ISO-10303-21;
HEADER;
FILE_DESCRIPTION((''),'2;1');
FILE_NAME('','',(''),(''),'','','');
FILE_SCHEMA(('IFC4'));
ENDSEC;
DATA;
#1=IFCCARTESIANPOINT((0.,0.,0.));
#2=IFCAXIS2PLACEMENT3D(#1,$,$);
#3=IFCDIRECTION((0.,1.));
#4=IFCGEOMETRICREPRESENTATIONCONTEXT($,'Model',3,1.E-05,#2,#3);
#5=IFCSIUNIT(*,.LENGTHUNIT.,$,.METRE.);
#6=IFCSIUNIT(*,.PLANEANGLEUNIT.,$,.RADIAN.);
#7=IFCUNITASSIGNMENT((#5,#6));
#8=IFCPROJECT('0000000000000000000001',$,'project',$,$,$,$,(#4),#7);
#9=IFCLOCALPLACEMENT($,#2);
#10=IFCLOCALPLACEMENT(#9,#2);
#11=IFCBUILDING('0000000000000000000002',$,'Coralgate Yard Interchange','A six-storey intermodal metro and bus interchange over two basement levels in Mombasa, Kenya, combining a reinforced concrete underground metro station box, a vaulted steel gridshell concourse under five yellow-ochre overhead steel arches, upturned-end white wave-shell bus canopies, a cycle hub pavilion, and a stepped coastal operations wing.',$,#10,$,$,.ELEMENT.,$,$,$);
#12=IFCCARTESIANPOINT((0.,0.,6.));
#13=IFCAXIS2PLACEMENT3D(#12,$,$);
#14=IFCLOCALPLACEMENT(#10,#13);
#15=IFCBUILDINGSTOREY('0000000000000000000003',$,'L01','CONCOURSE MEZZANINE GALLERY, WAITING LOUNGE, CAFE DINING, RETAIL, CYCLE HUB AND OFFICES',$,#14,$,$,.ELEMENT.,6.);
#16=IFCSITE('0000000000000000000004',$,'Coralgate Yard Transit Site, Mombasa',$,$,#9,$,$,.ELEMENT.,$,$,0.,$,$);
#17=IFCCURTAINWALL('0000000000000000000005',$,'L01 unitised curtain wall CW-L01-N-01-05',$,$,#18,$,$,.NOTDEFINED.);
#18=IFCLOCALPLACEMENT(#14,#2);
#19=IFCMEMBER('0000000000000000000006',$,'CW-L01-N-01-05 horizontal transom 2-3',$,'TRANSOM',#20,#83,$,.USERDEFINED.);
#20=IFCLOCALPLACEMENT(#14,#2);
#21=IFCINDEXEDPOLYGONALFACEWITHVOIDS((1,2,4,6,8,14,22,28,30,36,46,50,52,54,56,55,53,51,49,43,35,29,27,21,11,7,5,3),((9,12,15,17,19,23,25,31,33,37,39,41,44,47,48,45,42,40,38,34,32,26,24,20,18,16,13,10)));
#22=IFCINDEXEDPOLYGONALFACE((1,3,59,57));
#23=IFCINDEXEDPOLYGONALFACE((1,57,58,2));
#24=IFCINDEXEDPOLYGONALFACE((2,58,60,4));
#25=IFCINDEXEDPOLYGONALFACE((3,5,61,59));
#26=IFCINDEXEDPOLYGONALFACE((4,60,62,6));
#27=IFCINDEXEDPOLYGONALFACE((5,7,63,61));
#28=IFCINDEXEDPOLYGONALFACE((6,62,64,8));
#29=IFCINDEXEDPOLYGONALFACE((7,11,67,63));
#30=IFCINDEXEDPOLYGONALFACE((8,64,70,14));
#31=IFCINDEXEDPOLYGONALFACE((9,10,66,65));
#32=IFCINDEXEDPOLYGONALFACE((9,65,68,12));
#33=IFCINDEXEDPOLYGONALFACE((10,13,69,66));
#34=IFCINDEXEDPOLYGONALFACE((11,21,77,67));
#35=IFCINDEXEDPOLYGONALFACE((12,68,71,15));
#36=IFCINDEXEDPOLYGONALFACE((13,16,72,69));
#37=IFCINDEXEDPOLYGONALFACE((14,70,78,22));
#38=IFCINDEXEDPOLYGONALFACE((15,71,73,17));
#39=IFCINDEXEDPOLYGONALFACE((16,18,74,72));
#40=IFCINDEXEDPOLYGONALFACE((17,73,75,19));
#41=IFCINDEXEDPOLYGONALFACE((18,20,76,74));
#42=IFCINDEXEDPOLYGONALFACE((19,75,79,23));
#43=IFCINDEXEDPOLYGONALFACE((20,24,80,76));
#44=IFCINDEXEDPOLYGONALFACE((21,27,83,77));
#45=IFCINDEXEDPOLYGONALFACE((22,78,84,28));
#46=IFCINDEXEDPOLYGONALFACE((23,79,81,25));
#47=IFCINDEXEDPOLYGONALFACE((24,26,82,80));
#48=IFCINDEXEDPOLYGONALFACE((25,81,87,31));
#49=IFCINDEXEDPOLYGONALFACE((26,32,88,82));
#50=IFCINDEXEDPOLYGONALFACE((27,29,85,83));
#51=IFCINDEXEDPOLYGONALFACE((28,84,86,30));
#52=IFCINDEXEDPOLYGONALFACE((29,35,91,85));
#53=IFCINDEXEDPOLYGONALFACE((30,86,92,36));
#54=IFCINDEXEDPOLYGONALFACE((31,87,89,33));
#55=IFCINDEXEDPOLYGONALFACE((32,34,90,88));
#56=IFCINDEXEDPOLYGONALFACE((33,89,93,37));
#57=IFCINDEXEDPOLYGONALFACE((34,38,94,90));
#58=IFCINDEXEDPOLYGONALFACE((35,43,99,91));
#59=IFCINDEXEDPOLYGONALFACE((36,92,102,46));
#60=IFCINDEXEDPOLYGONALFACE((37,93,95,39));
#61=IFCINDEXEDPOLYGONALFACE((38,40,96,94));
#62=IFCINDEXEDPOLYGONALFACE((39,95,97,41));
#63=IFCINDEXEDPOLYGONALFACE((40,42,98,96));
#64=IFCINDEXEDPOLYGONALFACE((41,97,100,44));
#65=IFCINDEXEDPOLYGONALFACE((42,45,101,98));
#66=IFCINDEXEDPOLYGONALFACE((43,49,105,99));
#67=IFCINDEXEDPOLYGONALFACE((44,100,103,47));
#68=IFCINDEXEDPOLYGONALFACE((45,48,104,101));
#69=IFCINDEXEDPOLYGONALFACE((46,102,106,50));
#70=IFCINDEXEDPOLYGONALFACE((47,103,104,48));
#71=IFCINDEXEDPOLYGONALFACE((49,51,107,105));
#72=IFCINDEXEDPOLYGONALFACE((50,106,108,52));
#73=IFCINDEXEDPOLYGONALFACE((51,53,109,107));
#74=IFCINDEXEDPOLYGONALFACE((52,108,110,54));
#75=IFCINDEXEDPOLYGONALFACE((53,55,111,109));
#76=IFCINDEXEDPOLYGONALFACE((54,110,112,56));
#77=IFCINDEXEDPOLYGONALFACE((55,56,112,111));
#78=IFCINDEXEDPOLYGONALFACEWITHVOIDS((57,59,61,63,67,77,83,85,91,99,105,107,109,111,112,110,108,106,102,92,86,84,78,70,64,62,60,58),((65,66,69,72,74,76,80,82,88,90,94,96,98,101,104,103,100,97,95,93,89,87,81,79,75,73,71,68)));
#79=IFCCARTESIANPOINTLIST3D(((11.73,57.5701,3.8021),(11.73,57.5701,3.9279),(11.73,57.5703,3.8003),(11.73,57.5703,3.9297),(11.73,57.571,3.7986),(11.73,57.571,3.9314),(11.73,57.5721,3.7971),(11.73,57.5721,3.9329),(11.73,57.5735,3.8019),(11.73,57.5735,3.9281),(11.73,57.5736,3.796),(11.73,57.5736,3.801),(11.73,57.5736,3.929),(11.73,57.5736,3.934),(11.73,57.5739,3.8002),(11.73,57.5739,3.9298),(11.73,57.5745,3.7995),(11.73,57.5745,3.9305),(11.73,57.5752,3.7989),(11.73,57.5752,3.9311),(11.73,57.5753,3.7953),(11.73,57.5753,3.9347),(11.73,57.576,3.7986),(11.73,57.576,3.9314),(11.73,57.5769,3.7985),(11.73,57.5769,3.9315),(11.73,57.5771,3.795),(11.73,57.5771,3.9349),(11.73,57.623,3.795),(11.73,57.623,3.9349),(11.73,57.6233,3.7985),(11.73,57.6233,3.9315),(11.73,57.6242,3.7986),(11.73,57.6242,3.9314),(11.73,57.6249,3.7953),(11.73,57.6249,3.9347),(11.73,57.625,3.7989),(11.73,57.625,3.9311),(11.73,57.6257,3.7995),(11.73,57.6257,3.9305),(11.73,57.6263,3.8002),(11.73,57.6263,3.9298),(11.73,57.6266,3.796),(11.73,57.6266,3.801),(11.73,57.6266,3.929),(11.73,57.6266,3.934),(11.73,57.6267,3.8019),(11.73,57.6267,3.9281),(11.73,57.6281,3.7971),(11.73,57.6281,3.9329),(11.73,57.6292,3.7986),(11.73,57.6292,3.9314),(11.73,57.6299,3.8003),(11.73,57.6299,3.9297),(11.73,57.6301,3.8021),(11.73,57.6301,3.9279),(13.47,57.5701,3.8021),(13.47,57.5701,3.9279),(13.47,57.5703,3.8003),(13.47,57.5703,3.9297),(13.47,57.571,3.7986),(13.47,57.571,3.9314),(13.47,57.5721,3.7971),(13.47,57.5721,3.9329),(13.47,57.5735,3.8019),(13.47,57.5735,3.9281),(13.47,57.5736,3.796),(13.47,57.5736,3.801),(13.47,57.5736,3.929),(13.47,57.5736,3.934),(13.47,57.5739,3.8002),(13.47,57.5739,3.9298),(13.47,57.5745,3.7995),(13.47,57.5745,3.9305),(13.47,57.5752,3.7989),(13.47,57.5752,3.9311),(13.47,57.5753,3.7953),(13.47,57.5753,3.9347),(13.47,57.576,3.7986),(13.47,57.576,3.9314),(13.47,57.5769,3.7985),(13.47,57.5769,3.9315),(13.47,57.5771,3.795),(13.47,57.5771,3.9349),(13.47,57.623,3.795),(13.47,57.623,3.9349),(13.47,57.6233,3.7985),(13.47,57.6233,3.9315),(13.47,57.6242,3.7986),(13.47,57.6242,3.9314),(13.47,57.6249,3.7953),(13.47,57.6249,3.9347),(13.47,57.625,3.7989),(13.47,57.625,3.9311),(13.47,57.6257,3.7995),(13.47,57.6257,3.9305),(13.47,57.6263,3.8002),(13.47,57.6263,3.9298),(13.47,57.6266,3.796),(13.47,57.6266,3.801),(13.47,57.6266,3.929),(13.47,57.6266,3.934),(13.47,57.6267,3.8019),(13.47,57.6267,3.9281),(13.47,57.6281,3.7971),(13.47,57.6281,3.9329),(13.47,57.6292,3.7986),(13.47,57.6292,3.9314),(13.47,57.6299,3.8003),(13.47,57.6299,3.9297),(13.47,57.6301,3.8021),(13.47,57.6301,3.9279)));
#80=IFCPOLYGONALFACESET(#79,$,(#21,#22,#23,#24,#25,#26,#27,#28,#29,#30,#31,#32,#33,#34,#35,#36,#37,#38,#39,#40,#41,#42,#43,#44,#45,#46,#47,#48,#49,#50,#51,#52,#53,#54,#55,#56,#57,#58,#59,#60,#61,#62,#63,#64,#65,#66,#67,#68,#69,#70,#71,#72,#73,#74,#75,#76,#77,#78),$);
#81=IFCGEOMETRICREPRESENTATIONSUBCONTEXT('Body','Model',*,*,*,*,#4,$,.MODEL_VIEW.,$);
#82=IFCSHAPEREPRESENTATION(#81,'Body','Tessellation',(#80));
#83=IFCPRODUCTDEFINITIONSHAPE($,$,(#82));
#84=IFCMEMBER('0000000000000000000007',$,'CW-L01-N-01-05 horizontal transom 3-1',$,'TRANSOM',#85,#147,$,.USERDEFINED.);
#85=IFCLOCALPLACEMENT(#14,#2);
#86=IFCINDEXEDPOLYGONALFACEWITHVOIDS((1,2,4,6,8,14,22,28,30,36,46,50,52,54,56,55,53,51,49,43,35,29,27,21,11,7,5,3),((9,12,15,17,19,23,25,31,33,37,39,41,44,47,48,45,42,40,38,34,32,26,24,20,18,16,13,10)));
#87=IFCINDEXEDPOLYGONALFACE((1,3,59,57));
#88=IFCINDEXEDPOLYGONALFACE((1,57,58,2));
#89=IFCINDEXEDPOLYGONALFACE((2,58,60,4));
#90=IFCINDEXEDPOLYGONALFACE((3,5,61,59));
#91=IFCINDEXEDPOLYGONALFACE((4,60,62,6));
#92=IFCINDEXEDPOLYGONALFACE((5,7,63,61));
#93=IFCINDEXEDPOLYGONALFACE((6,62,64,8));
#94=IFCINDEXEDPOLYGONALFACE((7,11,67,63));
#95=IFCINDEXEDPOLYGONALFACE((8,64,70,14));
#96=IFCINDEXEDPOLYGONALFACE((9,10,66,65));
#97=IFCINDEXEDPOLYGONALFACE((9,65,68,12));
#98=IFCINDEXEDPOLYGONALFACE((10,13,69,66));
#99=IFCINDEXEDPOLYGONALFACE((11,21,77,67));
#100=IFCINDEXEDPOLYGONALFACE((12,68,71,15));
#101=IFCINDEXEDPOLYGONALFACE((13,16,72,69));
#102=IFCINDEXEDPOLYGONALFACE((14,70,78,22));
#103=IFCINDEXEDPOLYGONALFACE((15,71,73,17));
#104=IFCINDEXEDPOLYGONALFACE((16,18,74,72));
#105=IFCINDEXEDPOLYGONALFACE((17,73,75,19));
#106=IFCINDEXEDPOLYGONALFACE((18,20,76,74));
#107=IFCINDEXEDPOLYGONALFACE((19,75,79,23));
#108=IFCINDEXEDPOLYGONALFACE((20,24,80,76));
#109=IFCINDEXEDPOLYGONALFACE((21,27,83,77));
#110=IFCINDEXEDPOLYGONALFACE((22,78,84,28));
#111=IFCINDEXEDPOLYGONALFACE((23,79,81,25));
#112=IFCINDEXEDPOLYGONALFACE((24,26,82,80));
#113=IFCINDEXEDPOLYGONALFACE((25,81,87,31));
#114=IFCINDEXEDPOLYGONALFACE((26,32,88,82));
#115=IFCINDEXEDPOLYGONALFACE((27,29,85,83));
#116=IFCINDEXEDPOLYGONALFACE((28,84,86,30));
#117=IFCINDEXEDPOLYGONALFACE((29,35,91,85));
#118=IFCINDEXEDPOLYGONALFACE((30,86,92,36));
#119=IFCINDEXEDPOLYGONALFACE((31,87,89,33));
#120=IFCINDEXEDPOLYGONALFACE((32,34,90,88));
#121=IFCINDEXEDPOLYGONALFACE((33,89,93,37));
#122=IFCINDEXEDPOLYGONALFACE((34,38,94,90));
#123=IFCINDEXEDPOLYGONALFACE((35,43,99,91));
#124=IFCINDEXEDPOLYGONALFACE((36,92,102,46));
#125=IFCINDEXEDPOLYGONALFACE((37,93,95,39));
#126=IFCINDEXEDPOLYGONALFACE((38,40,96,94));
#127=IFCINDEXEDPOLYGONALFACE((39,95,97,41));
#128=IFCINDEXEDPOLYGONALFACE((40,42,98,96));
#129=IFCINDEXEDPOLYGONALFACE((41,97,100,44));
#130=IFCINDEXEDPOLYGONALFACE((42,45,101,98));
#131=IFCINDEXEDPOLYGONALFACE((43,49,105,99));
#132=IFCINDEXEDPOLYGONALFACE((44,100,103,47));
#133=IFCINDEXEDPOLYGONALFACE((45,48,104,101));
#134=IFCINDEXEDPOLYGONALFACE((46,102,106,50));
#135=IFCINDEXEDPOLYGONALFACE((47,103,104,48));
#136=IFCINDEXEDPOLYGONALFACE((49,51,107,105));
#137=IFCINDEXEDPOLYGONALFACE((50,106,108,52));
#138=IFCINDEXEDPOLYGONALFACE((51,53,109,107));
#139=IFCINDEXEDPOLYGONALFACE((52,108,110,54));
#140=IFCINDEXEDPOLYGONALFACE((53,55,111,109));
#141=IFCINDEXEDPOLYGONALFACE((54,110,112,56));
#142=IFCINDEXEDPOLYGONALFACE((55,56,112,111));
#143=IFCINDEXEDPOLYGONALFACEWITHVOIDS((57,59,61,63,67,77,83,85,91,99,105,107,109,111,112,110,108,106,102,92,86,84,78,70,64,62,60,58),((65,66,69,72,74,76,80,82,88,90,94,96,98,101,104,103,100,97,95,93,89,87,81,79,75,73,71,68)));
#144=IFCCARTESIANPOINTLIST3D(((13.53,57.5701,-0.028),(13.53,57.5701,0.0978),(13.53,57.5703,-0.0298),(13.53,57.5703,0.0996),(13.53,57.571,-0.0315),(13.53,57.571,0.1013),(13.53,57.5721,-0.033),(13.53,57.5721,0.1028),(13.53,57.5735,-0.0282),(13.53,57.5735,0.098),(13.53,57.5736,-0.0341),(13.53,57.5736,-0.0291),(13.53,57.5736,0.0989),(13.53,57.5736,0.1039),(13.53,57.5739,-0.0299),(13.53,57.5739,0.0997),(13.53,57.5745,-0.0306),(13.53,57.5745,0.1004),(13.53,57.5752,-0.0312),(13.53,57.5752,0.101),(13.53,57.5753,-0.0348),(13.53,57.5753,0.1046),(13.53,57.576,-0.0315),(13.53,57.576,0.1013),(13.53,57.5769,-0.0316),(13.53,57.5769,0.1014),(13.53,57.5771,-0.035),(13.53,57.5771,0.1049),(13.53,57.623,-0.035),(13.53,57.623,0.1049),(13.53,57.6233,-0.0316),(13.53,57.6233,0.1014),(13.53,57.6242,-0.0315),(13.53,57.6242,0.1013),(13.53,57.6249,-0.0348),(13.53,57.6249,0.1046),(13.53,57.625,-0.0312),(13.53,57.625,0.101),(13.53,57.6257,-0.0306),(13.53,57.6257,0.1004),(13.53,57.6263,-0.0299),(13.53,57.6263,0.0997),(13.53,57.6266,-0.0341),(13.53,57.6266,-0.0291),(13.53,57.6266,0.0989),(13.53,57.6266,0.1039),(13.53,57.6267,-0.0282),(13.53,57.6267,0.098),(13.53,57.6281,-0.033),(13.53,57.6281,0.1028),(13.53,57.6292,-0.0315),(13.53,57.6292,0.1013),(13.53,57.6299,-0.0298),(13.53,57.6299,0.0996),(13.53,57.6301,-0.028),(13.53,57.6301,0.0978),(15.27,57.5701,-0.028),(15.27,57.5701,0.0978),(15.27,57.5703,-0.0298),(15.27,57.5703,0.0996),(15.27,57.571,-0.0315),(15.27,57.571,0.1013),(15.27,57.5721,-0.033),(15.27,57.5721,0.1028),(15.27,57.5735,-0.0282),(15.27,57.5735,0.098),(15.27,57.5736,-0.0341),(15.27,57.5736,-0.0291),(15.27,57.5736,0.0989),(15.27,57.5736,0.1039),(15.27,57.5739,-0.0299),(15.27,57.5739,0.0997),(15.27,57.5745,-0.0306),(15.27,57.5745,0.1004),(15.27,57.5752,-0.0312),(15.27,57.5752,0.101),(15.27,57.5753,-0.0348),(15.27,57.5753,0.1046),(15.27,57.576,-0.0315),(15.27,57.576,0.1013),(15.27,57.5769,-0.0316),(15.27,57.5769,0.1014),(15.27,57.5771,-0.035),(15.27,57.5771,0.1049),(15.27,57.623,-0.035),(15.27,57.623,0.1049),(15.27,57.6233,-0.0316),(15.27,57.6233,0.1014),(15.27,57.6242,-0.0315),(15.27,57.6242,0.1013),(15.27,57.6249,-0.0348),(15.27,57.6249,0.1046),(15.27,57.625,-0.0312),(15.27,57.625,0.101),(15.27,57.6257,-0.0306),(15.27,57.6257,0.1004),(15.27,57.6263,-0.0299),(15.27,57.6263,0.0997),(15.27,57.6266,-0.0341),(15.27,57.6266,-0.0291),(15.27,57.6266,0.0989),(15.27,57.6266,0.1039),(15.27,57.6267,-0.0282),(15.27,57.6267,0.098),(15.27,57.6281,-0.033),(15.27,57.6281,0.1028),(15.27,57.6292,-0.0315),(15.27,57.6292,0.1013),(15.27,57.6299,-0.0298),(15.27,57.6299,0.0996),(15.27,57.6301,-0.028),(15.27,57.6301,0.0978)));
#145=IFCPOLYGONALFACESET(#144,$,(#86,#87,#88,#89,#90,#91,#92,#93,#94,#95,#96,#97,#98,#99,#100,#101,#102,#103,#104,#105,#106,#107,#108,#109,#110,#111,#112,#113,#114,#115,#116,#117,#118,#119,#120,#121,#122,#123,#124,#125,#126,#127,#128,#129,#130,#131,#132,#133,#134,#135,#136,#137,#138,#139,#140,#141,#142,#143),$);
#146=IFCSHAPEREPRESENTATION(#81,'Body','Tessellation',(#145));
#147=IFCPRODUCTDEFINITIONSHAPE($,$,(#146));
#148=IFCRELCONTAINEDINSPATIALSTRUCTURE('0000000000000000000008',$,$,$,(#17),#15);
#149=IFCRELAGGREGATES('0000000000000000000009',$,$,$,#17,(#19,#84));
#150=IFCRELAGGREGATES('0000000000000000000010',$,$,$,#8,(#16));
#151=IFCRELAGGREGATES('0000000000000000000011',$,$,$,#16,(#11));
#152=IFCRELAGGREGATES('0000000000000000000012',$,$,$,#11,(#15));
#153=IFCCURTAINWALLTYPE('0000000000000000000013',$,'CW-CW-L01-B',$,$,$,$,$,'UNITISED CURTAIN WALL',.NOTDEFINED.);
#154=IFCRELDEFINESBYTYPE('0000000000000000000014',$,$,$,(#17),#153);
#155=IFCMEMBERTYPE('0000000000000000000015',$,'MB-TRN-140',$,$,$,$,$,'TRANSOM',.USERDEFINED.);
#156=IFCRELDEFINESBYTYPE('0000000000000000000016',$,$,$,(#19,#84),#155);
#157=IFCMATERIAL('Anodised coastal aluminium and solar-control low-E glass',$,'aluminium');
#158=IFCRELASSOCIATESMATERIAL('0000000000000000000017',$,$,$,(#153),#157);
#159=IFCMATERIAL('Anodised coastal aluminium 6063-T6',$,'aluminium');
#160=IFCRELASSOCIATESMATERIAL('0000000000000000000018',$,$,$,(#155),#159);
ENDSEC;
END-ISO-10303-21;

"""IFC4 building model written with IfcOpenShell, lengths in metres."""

from ifc_helpers import new_model, si_unit, direction, frame, origin, origin_2d, place, context, subcontext, project, spatial, hollow_rectangle, extrude, material, material_profile, profile_set, type_object, element, aggregate, save


model = new_model("IFC4")

# Units and contexts
model_context = context("Model", 3, precision=1e-05, world=origin(), true_north=direction((0.0, 1.0)))
body_context = subcontext(model_context, "Body", "Model", "MODEL_VIEW")
ifc_project = project(units=[si_unit("LENGTHUNIT", "METRE"), si_unit("PLANEANGLEUNIT", "RADIAN")], contexts=[model_context])

# Site, building, storey
site_placement = place(None, origin())
site = spatial("IfcSite", under=ifc_project, at=site_placement, Name="Coralgate Yard Transit Site, Mombasa", CompositionType="ELEMENT", RefElevation=0.0)
building_placement = place(site_placement, origin())
building = spatial("IfcBuilding", under=site, at=building_placement, Name="Coralgate Yard Interchange", Description="A six-storey intermodal metro and bus interchange over two basement levels in Mombasa, Kenya, combining a reinforced concrete underground metro station box, a vaulted steel gridshell concourse under five yellow-ochre overhead steel arches, upturned-end white wave-shell bus canopies, a cycle hub pavilion, and a stepped coastal operations wing.", CompositionType="ELEMENT")
storey_placement = place(building_placement, frame((0.0, 0.0, 6.0)))
storey = spatial("IfcBuildingStorey", under=building, at=storey_placement, Name="L01", Description="CONCOURSE MEZZANINE GALLERY, WAITING LOUNGE, CAFE DINING, RETAIL, CYCLE HUB AND OFFICES", CompositionType="ELEMENT", Elevation=6.0)

# Curtain wall, members
ifc_material_1 = material(Name="Anodised coastal aluminium and solar-control low-E glass", Category="aluminium")
curtain_wall_type = type_object("IfcCurtainWallType", Name="CW-CW-L01-B", ElementType="UNITISED CURTAIN WALL", PredefinedType="NOTDEFINED", material=ifc_material_1)
curtain_wall_placement = place(storey_placement, origin())
curtain_wall = element("IfcCurtainWall", 1, at=curtain_wall_placement, inside=storey, type_object=curtain_wall_type, Name="L01 unitised curtain wall CW-L01-N-01-05", PredefinedType="NOTDEFINED")
ifc_material_2 = material(Name="Anodised coastal aluminium 6063-T6", Category="aluminium")
ifc_material_profile_1 = material_profile(ifc_material_2, hollow_rectangle(XDim=0.0601, YDim=0.1399, WallThickness=0.0034, InnerFilletRadius=0.0034, OuterFilletRadius=0.0071, at=origin_2d()), Name="ALU 60x140x3.5")
ifc_profile_set_1 = profile_set([ifc_material_profile_1], Name="Anodised coastal aluminium 6063-T6")
member_type_1 = type_object("IfcMemberType", Name="MB-TRN-140", ElementType="TRANSOM", PredefinedType="USERDEFINED", material=ifc_profile_set_1)
member_1_placement = place(storey_placement, frame((11.73, 57.6001, 3.865), z_axis=(1.0, 0.0, 0.0), x_axis=(0.0, 1.0, 0.0)))
member_1 = element("IfcMember", 2, at=member_1_placement, type_object=member_type_1, Name="CW-L01-N-01-05 horizontal transom 2-3", ObjectType="TRANSOM", PredefinedType="USERDEFINED", context=body_context, shape_type="SweptSolid", body=[
    extrude(hollow_rectangle(XDim=0.0601, YDim=0.1399, WallThickness=0.0034, InnerFilletRadius=0.0034, OuterFilletRadius=0.0071, at=origin_2d()), origin(), (0.0, 0.0, 1.0), 1.74),
])
member_2_placement = place(storey_placement, frame((13.53, 57.6001, 0.0349), z_axis=(1.0, 0.0, 0.0), x_axis=(0.0, 1.0, 0.0)))
member_2 = element("IfcMember", 3, at=member_2_placement, type_object=member_type_1, Name="CW-L01-N-01-05 horizontal transom 3-1", ObjectType="TRANSOM", PredefinedType="USERDEFINED", context=body_context, shape_type="SweptSolid", body=[
    extrude(hollow_rectangle(XDim=0.0601, YDim=0.1399, WallThickness=0.0034, InnerFilletRadius=0.0034, OuterFilletRadius=0.0071, at=origin_2d()), origin(), (0.0, 0.0, 1.0), 1.74),
])
aggregate(curtain_wall, [member_1, member_2])

save(model, "model.ifc")
